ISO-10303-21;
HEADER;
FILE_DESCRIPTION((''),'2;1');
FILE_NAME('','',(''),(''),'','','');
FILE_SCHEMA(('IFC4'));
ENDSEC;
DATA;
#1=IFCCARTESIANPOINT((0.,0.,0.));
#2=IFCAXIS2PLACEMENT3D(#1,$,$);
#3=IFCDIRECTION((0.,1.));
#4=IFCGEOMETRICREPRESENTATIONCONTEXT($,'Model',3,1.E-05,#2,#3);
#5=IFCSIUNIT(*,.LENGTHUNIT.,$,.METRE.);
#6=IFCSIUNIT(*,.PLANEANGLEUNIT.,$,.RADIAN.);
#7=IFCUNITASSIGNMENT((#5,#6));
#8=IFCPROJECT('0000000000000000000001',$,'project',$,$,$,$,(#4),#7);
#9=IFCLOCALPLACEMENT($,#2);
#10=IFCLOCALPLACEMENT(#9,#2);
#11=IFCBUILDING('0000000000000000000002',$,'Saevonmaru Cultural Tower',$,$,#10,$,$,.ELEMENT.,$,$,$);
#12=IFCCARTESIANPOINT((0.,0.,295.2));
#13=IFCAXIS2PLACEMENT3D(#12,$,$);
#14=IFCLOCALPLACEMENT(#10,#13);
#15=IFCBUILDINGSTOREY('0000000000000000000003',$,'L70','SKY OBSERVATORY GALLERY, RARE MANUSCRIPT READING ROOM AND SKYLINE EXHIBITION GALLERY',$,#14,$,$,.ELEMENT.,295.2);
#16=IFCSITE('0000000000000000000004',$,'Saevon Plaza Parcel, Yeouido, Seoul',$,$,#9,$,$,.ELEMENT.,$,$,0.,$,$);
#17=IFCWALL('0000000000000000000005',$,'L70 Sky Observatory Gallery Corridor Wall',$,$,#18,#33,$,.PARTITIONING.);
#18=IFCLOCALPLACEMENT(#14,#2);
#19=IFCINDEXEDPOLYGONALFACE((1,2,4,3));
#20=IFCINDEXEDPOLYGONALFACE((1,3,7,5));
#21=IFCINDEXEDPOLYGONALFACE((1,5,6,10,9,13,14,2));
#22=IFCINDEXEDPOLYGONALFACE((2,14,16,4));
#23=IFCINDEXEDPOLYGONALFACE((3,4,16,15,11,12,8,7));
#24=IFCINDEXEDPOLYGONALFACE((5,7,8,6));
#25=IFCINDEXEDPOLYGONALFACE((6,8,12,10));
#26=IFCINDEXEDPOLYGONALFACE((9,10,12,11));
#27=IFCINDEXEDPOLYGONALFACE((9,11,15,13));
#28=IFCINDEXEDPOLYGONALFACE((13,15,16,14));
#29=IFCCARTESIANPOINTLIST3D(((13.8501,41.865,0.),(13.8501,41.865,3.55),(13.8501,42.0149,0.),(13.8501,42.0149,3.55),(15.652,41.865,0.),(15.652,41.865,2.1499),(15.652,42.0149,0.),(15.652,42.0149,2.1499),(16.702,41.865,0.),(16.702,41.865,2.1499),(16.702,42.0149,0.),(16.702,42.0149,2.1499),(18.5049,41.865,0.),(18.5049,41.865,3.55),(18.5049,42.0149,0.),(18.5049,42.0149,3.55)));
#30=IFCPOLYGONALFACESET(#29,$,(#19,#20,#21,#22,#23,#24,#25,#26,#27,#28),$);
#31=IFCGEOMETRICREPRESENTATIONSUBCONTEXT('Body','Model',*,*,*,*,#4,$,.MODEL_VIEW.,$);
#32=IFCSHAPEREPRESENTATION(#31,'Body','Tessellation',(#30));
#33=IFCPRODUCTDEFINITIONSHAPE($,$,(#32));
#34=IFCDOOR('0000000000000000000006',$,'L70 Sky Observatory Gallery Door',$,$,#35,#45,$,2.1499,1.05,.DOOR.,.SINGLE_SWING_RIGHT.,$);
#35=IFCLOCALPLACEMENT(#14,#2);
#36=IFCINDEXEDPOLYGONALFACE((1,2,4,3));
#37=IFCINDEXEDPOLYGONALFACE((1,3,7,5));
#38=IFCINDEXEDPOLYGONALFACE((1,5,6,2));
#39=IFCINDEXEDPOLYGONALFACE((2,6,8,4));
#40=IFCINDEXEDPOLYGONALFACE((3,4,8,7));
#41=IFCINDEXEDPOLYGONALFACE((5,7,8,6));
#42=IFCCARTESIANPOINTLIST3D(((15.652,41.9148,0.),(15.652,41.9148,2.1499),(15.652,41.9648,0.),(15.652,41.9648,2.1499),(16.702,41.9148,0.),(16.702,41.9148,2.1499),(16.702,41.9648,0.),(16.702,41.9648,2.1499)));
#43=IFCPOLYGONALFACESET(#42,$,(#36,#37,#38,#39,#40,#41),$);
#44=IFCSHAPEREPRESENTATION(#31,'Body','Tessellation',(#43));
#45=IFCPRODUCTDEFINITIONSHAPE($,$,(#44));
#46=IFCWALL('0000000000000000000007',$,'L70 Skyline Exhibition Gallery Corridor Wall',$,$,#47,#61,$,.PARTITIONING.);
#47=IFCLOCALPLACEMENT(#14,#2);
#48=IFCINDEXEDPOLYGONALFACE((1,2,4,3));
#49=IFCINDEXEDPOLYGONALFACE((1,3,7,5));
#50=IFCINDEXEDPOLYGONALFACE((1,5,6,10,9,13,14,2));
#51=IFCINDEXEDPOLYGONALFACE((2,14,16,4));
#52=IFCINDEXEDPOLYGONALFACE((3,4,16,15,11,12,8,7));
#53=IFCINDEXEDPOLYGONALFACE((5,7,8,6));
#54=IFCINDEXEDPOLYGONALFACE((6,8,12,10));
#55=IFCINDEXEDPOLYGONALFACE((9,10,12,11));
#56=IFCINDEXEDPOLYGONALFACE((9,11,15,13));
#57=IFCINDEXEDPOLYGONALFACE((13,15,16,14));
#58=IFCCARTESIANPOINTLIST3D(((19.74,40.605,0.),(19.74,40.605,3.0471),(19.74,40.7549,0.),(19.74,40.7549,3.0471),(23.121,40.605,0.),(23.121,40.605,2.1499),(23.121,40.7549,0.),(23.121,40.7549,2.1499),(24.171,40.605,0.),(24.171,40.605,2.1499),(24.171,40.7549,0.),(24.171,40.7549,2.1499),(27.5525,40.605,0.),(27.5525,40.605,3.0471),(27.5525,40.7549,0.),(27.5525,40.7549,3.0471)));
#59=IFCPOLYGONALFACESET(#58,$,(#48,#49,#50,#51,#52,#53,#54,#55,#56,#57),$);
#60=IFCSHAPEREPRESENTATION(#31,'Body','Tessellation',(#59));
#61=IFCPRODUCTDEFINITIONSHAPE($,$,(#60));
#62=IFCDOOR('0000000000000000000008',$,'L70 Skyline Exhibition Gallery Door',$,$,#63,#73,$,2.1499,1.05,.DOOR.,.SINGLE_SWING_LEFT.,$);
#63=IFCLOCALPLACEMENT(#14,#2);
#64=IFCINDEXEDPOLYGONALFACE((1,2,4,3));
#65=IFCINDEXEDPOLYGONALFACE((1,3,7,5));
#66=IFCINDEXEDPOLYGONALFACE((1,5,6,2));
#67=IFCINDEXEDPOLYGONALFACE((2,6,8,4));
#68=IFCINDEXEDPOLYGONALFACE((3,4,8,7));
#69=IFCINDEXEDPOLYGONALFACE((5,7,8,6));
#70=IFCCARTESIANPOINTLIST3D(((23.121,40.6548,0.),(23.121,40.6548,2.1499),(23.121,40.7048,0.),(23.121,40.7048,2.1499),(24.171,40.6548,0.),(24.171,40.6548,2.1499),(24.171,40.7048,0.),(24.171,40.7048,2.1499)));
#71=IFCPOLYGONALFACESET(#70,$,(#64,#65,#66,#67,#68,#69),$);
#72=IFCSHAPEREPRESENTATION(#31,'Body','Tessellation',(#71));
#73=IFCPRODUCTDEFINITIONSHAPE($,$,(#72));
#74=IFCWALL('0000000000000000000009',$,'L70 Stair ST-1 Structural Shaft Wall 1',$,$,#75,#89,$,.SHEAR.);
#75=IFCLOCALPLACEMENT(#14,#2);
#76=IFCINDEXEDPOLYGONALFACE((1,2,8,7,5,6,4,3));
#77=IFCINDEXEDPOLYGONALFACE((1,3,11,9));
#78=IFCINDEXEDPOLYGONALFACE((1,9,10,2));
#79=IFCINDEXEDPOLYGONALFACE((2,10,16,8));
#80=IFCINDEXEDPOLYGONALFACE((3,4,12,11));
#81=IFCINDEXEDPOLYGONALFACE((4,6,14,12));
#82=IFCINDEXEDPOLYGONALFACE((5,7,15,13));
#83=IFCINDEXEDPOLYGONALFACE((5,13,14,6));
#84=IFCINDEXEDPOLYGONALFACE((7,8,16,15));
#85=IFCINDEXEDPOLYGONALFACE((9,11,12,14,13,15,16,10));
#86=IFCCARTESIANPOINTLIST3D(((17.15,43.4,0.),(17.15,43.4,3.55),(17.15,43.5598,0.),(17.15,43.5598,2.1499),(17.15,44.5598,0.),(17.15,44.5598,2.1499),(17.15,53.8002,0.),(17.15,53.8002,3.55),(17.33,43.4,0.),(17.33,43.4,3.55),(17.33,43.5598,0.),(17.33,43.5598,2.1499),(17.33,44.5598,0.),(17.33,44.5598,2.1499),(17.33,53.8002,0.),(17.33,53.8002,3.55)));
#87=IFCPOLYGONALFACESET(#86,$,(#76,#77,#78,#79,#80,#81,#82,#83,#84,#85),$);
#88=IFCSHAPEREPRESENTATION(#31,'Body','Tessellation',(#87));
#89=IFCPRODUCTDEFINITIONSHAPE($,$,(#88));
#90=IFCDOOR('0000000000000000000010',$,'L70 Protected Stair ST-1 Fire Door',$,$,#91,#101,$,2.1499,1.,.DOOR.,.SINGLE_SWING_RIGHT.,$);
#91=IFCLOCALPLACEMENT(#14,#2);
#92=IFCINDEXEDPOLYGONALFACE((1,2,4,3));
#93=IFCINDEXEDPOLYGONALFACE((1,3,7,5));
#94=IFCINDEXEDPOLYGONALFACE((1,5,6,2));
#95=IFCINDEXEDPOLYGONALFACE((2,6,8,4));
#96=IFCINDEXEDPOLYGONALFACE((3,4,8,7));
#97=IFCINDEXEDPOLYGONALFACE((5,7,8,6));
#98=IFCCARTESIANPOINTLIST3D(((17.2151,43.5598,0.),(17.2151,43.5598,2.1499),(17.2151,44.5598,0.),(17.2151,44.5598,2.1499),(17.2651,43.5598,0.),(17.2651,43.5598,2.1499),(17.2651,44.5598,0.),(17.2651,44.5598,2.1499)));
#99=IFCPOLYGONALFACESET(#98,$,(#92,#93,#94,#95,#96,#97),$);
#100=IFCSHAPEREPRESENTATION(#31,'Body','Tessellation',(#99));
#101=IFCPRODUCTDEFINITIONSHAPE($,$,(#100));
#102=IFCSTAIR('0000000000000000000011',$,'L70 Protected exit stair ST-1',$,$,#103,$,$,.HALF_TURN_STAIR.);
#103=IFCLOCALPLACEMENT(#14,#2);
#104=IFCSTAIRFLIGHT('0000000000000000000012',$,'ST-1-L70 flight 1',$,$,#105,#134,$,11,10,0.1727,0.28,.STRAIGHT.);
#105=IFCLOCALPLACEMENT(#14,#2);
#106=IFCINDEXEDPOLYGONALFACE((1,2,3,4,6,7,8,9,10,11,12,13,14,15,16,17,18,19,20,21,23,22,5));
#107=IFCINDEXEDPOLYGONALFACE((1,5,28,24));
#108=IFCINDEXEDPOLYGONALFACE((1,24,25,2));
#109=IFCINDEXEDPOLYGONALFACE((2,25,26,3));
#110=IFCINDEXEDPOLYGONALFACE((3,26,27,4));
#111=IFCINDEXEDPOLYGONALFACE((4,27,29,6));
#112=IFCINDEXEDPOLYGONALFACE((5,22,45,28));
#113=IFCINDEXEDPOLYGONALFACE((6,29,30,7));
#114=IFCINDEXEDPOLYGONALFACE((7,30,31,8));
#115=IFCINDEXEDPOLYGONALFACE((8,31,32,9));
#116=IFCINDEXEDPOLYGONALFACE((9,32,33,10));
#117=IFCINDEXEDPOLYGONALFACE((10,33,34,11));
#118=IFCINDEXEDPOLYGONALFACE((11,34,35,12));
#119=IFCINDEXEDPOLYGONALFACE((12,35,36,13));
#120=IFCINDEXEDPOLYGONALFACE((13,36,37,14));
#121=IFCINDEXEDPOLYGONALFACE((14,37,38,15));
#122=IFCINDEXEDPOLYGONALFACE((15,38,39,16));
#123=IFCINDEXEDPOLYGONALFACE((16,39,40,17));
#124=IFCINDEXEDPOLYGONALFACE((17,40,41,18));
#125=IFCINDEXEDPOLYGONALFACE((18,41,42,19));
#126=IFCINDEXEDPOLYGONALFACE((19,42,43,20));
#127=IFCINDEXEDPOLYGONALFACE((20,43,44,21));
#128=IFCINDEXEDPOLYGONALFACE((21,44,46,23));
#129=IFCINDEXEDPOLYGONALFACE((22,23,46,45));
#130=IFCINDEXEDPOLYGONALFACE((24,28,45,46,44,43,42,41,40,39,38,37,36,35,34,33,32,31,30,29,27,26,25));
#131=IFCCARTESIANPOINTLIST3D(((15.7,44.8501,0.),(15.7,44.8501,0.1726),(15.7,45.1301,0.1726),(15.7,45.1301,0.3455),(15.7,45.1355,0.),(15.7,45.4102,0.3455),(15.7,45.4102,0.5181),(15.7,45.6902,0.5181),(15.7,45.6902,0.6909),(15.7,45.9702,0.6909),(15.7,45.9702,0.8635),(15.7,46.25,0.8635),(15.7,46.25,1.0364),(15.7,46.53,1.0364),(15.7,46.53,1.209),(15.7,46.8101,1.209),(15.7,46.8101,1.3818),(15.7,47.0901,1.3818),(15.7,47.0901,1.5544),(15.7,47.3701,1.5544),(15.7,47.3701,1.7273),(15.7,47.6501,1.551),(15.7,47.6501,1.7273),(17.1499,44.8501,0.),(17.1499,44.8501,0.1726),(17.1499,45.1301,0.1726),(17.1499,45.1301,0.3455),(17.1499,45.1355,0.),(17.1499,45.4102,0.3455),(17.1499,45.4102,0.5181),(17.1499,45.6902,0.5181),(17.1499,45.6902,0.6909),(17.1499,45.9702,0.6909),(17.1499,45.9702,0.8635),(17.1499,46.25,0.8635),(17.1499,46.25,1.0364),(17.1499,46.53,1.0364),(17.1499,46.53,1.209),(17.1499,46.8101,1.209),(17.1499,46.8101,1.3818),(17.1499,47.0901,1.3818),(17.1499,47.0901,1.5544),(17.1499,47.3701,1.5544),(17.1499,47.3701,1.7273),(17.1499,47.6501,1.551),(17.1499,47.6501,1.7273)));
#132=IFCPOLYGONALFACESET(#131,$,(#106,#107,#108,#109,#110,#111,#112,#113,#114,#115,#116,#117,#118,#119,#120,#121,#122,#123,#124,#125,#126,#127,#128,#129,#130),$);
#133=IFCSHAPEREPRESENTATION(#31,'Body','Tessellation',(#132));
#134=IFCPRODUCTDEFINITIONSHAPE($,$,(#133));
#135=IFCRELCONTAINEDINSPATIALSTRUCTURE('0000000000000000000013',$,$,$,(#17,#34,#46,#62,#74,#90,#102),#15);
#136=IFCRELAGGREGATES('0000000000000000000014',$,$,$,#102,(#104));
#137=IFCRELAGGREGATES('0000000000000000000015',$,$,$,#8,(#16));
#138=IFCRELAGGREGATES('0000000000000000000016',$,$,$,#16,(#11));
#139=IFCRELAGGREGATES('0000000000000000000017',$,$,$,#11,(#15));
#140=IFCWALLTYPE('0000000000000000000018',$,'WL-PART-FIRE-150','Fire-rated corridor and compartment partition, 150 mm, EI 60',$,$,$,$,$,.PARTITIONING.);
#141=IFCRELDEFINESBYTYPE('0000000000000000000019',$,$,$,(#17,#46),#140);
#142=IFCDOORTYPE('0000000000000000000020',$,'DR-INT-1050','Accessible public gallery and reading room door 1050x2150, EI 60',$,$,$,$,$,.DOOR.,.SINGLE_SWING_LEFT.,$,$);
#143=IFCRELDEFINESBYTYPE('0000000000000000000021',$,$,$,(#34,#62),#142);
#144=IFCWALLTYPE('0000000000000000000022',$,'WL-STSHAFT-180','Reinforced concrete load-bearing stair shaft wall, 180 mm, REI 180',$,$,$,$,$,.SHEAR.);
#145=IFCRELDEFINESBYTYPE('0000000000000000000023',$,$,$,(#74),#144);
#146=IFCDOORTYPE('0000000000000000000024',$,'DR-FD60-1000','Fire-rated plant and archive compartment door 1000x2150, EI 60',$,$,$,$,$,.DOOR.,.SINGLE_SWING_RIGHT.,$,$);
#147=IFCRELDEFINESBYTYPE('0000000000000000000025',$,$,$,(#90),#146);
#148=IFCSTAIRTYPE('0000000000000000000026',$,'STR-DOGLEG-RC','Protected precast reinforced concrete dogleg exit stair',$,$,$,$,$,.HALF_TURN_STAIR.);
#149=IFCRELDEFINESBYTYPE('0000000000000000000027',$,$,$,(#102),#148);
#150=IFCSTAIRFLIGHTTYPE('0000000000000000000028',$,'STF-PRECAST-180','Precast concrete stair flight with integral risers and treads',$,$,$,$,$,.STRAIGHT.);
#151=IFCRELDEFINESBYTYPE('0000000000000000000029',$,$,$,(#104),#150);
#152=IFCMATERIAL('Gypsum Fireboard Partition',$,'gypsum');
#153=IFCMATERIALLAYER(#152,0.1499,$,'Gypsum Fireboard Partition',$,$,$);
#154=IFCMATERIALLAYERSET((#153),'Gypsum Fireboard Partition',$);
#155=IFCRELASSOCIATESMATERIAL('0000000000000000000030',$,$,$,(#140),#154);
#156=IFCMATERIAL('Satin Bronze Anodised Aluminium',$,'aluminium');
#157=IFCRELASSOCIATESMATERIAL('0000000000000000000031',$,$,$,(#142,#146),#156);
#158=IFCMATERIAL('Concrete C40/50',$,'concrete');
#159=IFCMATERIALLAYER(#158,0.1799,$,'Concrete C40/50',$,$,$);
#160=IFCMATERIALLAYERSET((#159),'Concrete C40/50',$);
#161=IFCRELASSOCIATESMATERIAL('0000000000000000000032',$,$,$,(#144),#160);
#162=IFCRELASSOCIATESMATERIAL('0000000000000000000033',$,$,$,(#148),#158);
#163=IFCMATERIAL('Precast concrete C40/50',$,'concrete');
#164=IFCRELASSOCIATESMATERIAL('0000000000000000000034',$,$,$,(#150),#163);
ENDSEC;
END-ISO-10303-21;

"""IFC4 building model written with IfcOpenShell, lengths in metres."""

from ifc_helpers import new_model, si_unit, direction, frame, frame_2d, origin, place, context, subcontext, project, spatial, polyline, rectangle, outline, extrude, material, layer, layer_set, type_object, element, fill, aggregate, save


model = new_model("IFC4")

# Units and contexts
model_context = context("Model", 3, precision=1e-05, world=origin(), true_north=direction((0.0, 1.0)))
body_context = subcontext(model_context, "Body", "Model", "MODEL_VIEW")
ifc_project = project(units=[si_unit("LENGTHUNIT", "METRE"), si_unit("PLANEANGLEUNIT", "RADIAN")], contexts=[model_context])

# Site, building, storey
site_placement = place(None, origin())
site = spatial("IfcSite", under=ifc_project, at=site_placement, Name="Saevon Plaza Parcel, Yeouido, Seoul", CompositionType="ELEMENT", RefElevation=0.0)
building_placement = place(site_placement, origin())
building = spatial("IfcBuilding", under=site, at=building_placement, Name="Saevonmaru Cultural Tower", CompositionType="ELEMENT")
storey_placement = place(building_placement, frame((0.0, 0.0, 295.2)))
storey = spatial("IfcBuildingStorey", under=building, at=storey_placement, Name="L70", Description="SKY OBSERVATORY GALLERY, RARE MANUSCRIPT READING ROOM AND SKYLINE EXHIBITION GALLERY", CompositionType="ELEMENT", Elevation=295.2)

# Shared definitions
ifc_material_1 = material(Name="Gypsum Fireboard Partition", Category="gypsum")
ifc_material_2 = material(Name="Satin Bronze Anodised Aluminium", Category="aluminium")

# Shared definitions
ifc_layer_1 = layer(ifc_material_1, 0.1499, Name="Gypsum Fireboard Partition")
ifc_layer_set_1 = layer_set([ifc_layer_1], Name="Gypsum Fireboard Partition")
wall_type_1 = type_object("IfcWallType", Name="WL-PART-FIRE-150", Description="Fire-rated corridor and compartment partition, 150 mm, EI 60", PredefinedType="PARTITIONING", material=ifc_layer_set_1)

# Walls, openings, doors
wall_1_placement = place(storey_placement, frame((13.8501, 41.9399, 0.0), z_axis=(0.0, 0.0, 1.0), x_axis=(1.0, 0.0, 0.0)))
wall_1 = element("IfcWall", 1, at=wall_1_placement, inside=storey, type_object=wall_type_1, Name="L70 Sky Observatory Gallery Corridor Wall", PredefinedType="PARTITIONING", context=body_context, shape_type="SweptSolid", body=[
    extrude(rectangle(XDim=4.6548, YDim=0.1499, at=frame_2d((2.3274, 0.0))), origin(), (0.0, 0.0, 1.0), 3.55),
])
opening_1_placement = place(wall_1_placement, frame((1.802, 0.0, 0.0)))
opening_1 = element("IfcOpeningElement", 2, at=opening_1_placement, cuts=wall_1, PredefinedType="OPENING", context=body_context, shape_type="SweptSolid", body=[
    extrude(rectangle(XDim=1.05, YDim=2.1499, at=frame_2d((0.5249, 1.075))), frame((0.0, 0.085, 0.0), z_axis=(0.0, -1.0, 0.0), x_axis=(1.0, 0.0, 0.0)), (0.0, 0.0, 1.0), 0.1699),
])
door_type_1 = type_object("IfcDoorType", Name="DR-INT-1050", Description="Accessible public gallery and reading room door 1050x2150, EI 60", OperationType="SINGLE_SWING_LEFT", PredefinedType="DOOR", material=ifc_material_2)
door_1_placement = place(opening_1_placement, origin())
door_1 = element("IfcDoor", 3, at=door_1_placement, inside=storey, type_object=door_type_1, Name="L70 Sky Observatory Gallery Door", OperationType="SINGLE_SWING_RIGHT", OverallHeight=2.1499, OverallWidth=1.05, PredefinedType="DOOR", context=body_context, shape_type="SweptSolid", body=[
    extrude(rectangle(XDim=1.05, YDim=2.1499, at=frame_2d((0.5249, 1.075))), frame((0.0, 0.0249, 0.0), z_axis=(0.0, -1.0, 0.0), x_axis=(1.0, 0.0, 0.0)), (0.0, 0.0, 1.0), 0.05),
])
fill(opening_1, door_1)
wall_2_placement = place(storey_placement, frame((19.74, 40.6799, 0.0), z_axis=(0.0, 0.0, 1.0), x_axis=(1.0, 0.0, 0.0)))
wall_2 = element("IfcWall", 4, at=wall_2_placement, inside=storey, type_object=wall_type_1, Name="L70 Skyline Exhibition Gallery Corridor Wall", PredefinedType="PARTITIONING", context=body_context, shape_type="SweptSolid", body=[
    extrude(rectangle(XDim=7.8125, YDim=0.1499, at=frame_2d((3.9062, 0.0))), origin(), (0.0, 0.0, 1.0), 3.0471),
])
opening_2_placement = place(wall_2_placement, frame((3.3811, 0.0, 0.0)))
opening_2 = element("IfcOpeningElement", 5, at=opening_2_placement, cuts=wall_2, PredefinedType="OPENING", context=body_context, shape_type="SweptSolid", body=[
    extrude(rectangle(XDim=1.05, YDim=2.1499, at=frame_2d((0.5249, 1.075))), frame((0.0, 0.085, 0.0), z_axis=(0.0, -1.0, 0.0), x_axis=(1.0, 0.0, 0.0)), (0.0, 0.0, 1.0), 0.1699),
])
door_2_placement = place(opening_2_placement, origin())
door_2 = element("IfcDoor", 6, at=door_2_placement, inside=storey, type_object=door_type_1, Name="L70 Skyline Exhibition Gallery Door", OperationType="SINGLE_SWING_LEFT", OverallHeight=2.1499, OverallWidth=1.05, PredefinedType="DOOR", context=body_context, shape_type="SweptSolid", body=[
    extrude(rectangle(XDim=1.05, YDim=2.1499, at=frame_2d((0.5249, 1.075))), frame((0.0, 0.0249, 0.0), z_axis=(0.0, -1.0, 0.0), x_axis=(1.0, 0.0, 0.0)), (0.0, 0.0, 1.0), 0.05),
])
fill(opening_2, door_2)
ifc_material_3 = material(Name="Concrete C40/50", Category="concrete")
ifc_layer_2 = layer(ifc_material_3, 0.1799, Name="Concrete C40/50")
ifc_layer_set_2 = layer_set([ifc_layer_2], Name="Concrete C40/50")
wall_type_2 = type_object("IfcWallType", Name="WL-STSHAFT-180", Description="Reinforced concrete load-bearing stair shaft wall, 180 mm, REI 180", PredefinedType="SHEAR", material=ifc_layer_set_2)
wall_3_placement = place(storey_placement, frame((17.24, 43.3999, 0.0), z_axis=(0.0, 0.0, 1.0), x_axis=(0.0, 1.0, 0.0)))
wall_3 = element("IfcWall", 7, at=wall_3_placement, inside=storey, type_object=wall_type_2, Name="L70 Stair ST-1 Structural Shaft Wall 1", PredefinedType="SHEAR", context=body_context, shape_type="SweptSolid", body=[
    extrude(rectangle(XDim=10.4001, YDim=0.1799, at=frame_2d((5.2002, 0.0))), origin(), (0.0, 0.0, 1.0), 3.55),
])
opening_3_placement = place(wall_3_placement, frame((0.1599, 0.0, 0.0)))
opening_3 = element("IfcOpeningElement", 8, at=opening_3_placement, cuts=wall_3, PredefinedType="OPENING", context=body_context, shape_type="SweptSolid", body=[
    extrude(rectangle(XDim=1.0, YDim=2.1499, at=frame_2d((0.5, 1.075))), frame((0.0, 0.1001, 0.0), z_axis=(0.0, -1.0, 0.0), x_axis=(1.0, 0.0, 0.0)), (0.0, 0.0, 1.0), 0.2),
])
door_type_2 = type_object("IfcDoorType", Name="DR-FD60-1000", Description="Fire-rated plant and archive compartment door 1000x2150, EI 60", OperationType="SINGLE_SWING_RIGHT", PredefinedType="DOOR", material=ifc_material_2)
door_3_placement = place(opening_3_placement, origin())
door_3 = element("IfcDoor", 9, at=door_3_placement, inside=storey, type_object=door_type_2, Name="L70 Protected Stair ST-1 Fire Door", OperationType="SINGLE_SWING_RIGHT", OverallHeight=2.1499, OverallWidth=1.0, PredefinedType="DOOR", context=body_context, shape_type="SweptSolid", body=[
    extrude(rectangle(XDim=1.0, YDim=2.1499, at=frame_2d((0.5, 1.075))), frame((0.0, 0.0249, 0.0), z_axis=(0.0, -1.0, 0.0), x_axis=(1.0, 0.0, 0.0)), (0.0, 0.0, 1.0), 0.05),
])
fill(opening_3, door_3)

# Stair, stair flight
stair_type = type_object("IfcStairType", Name="STR-DOGLEG-RC", Description="Protected precast reinforced concrete dogleg exit stair", PredefinedType="HALF_TURN_STAIR", material=ifc_material_3)
stair_placement = place(storey_placement, origin())
stair = element("IfcStair", 10, at=stair_placement, inside=storey, type_object=stair_type, Name="L70 Protected exit stair ST-1", PredefinedType="HALF_TURN_STAIR")
ifc_material_4 = material(Name="Precast concrete C40/50", Category="concrete")
stair_flight_type = type_object("IfcStairFlightType", Name="STF-PRECAST-180", Description="Precast concrete stair flight with integral risers and treads", PredefinedType="STRAIGHT", material=ifc_material_4)
stair_flight_placement = place(storey_placement, frame((16.425, 44.8501, 0.0), z_axis=(0.0, 0.0, 1.0), x_axis=(0.0, 1.0, 0.0)))
stair_flight = element("IfcStairFlight", 11, at=stair_flight_placement, type_object=stair_flight_type, Name="ST-1-L70 flight 1", NumberOfRisers=11, NumberOfTreads=10, PredefinedType="STRAIGHT", RiserHeight=0.1727, TreadLength=0.28, context=body_context, shape_type="SweptSolid", body=[
    extrude(outline(polyline([(0.0, 0.0), (0.0, 0.1726), (0.28, 0.1726), (0.28, 0.3455), (0.5601, 0.3455), (0.5601, 0.5181), (0.8401, 0.5181), (0.8401, 0.6909), (1.1201, 0.6909), (1.1201, 0.8635), (1.3999, 0.8635), (1.3999, 1.0364), (1.6799, 1.0364), (1.6799, 1.209), (1.96, 1.209), (1.96, 1.3818), (2.24, 1.3818), (2.24, 1.5544), (2.52, 1.5544), (2.52, 1.7273), (2.8, 1.7273), (2.8, 1.8999), (2.8, 1.551), (0.2854, 0.0), (0.0, 0.0)])), frame((0.0, 0.7251, 0.0), z_axis=(0.0, -1.0, 0.0), x_axis=(1.0, 0.0, 0.0)), (0.0, 0.0, 1.0), 1.45),
])
aggregate(stair, [stair_flight])

save(model, "model.ifc")
